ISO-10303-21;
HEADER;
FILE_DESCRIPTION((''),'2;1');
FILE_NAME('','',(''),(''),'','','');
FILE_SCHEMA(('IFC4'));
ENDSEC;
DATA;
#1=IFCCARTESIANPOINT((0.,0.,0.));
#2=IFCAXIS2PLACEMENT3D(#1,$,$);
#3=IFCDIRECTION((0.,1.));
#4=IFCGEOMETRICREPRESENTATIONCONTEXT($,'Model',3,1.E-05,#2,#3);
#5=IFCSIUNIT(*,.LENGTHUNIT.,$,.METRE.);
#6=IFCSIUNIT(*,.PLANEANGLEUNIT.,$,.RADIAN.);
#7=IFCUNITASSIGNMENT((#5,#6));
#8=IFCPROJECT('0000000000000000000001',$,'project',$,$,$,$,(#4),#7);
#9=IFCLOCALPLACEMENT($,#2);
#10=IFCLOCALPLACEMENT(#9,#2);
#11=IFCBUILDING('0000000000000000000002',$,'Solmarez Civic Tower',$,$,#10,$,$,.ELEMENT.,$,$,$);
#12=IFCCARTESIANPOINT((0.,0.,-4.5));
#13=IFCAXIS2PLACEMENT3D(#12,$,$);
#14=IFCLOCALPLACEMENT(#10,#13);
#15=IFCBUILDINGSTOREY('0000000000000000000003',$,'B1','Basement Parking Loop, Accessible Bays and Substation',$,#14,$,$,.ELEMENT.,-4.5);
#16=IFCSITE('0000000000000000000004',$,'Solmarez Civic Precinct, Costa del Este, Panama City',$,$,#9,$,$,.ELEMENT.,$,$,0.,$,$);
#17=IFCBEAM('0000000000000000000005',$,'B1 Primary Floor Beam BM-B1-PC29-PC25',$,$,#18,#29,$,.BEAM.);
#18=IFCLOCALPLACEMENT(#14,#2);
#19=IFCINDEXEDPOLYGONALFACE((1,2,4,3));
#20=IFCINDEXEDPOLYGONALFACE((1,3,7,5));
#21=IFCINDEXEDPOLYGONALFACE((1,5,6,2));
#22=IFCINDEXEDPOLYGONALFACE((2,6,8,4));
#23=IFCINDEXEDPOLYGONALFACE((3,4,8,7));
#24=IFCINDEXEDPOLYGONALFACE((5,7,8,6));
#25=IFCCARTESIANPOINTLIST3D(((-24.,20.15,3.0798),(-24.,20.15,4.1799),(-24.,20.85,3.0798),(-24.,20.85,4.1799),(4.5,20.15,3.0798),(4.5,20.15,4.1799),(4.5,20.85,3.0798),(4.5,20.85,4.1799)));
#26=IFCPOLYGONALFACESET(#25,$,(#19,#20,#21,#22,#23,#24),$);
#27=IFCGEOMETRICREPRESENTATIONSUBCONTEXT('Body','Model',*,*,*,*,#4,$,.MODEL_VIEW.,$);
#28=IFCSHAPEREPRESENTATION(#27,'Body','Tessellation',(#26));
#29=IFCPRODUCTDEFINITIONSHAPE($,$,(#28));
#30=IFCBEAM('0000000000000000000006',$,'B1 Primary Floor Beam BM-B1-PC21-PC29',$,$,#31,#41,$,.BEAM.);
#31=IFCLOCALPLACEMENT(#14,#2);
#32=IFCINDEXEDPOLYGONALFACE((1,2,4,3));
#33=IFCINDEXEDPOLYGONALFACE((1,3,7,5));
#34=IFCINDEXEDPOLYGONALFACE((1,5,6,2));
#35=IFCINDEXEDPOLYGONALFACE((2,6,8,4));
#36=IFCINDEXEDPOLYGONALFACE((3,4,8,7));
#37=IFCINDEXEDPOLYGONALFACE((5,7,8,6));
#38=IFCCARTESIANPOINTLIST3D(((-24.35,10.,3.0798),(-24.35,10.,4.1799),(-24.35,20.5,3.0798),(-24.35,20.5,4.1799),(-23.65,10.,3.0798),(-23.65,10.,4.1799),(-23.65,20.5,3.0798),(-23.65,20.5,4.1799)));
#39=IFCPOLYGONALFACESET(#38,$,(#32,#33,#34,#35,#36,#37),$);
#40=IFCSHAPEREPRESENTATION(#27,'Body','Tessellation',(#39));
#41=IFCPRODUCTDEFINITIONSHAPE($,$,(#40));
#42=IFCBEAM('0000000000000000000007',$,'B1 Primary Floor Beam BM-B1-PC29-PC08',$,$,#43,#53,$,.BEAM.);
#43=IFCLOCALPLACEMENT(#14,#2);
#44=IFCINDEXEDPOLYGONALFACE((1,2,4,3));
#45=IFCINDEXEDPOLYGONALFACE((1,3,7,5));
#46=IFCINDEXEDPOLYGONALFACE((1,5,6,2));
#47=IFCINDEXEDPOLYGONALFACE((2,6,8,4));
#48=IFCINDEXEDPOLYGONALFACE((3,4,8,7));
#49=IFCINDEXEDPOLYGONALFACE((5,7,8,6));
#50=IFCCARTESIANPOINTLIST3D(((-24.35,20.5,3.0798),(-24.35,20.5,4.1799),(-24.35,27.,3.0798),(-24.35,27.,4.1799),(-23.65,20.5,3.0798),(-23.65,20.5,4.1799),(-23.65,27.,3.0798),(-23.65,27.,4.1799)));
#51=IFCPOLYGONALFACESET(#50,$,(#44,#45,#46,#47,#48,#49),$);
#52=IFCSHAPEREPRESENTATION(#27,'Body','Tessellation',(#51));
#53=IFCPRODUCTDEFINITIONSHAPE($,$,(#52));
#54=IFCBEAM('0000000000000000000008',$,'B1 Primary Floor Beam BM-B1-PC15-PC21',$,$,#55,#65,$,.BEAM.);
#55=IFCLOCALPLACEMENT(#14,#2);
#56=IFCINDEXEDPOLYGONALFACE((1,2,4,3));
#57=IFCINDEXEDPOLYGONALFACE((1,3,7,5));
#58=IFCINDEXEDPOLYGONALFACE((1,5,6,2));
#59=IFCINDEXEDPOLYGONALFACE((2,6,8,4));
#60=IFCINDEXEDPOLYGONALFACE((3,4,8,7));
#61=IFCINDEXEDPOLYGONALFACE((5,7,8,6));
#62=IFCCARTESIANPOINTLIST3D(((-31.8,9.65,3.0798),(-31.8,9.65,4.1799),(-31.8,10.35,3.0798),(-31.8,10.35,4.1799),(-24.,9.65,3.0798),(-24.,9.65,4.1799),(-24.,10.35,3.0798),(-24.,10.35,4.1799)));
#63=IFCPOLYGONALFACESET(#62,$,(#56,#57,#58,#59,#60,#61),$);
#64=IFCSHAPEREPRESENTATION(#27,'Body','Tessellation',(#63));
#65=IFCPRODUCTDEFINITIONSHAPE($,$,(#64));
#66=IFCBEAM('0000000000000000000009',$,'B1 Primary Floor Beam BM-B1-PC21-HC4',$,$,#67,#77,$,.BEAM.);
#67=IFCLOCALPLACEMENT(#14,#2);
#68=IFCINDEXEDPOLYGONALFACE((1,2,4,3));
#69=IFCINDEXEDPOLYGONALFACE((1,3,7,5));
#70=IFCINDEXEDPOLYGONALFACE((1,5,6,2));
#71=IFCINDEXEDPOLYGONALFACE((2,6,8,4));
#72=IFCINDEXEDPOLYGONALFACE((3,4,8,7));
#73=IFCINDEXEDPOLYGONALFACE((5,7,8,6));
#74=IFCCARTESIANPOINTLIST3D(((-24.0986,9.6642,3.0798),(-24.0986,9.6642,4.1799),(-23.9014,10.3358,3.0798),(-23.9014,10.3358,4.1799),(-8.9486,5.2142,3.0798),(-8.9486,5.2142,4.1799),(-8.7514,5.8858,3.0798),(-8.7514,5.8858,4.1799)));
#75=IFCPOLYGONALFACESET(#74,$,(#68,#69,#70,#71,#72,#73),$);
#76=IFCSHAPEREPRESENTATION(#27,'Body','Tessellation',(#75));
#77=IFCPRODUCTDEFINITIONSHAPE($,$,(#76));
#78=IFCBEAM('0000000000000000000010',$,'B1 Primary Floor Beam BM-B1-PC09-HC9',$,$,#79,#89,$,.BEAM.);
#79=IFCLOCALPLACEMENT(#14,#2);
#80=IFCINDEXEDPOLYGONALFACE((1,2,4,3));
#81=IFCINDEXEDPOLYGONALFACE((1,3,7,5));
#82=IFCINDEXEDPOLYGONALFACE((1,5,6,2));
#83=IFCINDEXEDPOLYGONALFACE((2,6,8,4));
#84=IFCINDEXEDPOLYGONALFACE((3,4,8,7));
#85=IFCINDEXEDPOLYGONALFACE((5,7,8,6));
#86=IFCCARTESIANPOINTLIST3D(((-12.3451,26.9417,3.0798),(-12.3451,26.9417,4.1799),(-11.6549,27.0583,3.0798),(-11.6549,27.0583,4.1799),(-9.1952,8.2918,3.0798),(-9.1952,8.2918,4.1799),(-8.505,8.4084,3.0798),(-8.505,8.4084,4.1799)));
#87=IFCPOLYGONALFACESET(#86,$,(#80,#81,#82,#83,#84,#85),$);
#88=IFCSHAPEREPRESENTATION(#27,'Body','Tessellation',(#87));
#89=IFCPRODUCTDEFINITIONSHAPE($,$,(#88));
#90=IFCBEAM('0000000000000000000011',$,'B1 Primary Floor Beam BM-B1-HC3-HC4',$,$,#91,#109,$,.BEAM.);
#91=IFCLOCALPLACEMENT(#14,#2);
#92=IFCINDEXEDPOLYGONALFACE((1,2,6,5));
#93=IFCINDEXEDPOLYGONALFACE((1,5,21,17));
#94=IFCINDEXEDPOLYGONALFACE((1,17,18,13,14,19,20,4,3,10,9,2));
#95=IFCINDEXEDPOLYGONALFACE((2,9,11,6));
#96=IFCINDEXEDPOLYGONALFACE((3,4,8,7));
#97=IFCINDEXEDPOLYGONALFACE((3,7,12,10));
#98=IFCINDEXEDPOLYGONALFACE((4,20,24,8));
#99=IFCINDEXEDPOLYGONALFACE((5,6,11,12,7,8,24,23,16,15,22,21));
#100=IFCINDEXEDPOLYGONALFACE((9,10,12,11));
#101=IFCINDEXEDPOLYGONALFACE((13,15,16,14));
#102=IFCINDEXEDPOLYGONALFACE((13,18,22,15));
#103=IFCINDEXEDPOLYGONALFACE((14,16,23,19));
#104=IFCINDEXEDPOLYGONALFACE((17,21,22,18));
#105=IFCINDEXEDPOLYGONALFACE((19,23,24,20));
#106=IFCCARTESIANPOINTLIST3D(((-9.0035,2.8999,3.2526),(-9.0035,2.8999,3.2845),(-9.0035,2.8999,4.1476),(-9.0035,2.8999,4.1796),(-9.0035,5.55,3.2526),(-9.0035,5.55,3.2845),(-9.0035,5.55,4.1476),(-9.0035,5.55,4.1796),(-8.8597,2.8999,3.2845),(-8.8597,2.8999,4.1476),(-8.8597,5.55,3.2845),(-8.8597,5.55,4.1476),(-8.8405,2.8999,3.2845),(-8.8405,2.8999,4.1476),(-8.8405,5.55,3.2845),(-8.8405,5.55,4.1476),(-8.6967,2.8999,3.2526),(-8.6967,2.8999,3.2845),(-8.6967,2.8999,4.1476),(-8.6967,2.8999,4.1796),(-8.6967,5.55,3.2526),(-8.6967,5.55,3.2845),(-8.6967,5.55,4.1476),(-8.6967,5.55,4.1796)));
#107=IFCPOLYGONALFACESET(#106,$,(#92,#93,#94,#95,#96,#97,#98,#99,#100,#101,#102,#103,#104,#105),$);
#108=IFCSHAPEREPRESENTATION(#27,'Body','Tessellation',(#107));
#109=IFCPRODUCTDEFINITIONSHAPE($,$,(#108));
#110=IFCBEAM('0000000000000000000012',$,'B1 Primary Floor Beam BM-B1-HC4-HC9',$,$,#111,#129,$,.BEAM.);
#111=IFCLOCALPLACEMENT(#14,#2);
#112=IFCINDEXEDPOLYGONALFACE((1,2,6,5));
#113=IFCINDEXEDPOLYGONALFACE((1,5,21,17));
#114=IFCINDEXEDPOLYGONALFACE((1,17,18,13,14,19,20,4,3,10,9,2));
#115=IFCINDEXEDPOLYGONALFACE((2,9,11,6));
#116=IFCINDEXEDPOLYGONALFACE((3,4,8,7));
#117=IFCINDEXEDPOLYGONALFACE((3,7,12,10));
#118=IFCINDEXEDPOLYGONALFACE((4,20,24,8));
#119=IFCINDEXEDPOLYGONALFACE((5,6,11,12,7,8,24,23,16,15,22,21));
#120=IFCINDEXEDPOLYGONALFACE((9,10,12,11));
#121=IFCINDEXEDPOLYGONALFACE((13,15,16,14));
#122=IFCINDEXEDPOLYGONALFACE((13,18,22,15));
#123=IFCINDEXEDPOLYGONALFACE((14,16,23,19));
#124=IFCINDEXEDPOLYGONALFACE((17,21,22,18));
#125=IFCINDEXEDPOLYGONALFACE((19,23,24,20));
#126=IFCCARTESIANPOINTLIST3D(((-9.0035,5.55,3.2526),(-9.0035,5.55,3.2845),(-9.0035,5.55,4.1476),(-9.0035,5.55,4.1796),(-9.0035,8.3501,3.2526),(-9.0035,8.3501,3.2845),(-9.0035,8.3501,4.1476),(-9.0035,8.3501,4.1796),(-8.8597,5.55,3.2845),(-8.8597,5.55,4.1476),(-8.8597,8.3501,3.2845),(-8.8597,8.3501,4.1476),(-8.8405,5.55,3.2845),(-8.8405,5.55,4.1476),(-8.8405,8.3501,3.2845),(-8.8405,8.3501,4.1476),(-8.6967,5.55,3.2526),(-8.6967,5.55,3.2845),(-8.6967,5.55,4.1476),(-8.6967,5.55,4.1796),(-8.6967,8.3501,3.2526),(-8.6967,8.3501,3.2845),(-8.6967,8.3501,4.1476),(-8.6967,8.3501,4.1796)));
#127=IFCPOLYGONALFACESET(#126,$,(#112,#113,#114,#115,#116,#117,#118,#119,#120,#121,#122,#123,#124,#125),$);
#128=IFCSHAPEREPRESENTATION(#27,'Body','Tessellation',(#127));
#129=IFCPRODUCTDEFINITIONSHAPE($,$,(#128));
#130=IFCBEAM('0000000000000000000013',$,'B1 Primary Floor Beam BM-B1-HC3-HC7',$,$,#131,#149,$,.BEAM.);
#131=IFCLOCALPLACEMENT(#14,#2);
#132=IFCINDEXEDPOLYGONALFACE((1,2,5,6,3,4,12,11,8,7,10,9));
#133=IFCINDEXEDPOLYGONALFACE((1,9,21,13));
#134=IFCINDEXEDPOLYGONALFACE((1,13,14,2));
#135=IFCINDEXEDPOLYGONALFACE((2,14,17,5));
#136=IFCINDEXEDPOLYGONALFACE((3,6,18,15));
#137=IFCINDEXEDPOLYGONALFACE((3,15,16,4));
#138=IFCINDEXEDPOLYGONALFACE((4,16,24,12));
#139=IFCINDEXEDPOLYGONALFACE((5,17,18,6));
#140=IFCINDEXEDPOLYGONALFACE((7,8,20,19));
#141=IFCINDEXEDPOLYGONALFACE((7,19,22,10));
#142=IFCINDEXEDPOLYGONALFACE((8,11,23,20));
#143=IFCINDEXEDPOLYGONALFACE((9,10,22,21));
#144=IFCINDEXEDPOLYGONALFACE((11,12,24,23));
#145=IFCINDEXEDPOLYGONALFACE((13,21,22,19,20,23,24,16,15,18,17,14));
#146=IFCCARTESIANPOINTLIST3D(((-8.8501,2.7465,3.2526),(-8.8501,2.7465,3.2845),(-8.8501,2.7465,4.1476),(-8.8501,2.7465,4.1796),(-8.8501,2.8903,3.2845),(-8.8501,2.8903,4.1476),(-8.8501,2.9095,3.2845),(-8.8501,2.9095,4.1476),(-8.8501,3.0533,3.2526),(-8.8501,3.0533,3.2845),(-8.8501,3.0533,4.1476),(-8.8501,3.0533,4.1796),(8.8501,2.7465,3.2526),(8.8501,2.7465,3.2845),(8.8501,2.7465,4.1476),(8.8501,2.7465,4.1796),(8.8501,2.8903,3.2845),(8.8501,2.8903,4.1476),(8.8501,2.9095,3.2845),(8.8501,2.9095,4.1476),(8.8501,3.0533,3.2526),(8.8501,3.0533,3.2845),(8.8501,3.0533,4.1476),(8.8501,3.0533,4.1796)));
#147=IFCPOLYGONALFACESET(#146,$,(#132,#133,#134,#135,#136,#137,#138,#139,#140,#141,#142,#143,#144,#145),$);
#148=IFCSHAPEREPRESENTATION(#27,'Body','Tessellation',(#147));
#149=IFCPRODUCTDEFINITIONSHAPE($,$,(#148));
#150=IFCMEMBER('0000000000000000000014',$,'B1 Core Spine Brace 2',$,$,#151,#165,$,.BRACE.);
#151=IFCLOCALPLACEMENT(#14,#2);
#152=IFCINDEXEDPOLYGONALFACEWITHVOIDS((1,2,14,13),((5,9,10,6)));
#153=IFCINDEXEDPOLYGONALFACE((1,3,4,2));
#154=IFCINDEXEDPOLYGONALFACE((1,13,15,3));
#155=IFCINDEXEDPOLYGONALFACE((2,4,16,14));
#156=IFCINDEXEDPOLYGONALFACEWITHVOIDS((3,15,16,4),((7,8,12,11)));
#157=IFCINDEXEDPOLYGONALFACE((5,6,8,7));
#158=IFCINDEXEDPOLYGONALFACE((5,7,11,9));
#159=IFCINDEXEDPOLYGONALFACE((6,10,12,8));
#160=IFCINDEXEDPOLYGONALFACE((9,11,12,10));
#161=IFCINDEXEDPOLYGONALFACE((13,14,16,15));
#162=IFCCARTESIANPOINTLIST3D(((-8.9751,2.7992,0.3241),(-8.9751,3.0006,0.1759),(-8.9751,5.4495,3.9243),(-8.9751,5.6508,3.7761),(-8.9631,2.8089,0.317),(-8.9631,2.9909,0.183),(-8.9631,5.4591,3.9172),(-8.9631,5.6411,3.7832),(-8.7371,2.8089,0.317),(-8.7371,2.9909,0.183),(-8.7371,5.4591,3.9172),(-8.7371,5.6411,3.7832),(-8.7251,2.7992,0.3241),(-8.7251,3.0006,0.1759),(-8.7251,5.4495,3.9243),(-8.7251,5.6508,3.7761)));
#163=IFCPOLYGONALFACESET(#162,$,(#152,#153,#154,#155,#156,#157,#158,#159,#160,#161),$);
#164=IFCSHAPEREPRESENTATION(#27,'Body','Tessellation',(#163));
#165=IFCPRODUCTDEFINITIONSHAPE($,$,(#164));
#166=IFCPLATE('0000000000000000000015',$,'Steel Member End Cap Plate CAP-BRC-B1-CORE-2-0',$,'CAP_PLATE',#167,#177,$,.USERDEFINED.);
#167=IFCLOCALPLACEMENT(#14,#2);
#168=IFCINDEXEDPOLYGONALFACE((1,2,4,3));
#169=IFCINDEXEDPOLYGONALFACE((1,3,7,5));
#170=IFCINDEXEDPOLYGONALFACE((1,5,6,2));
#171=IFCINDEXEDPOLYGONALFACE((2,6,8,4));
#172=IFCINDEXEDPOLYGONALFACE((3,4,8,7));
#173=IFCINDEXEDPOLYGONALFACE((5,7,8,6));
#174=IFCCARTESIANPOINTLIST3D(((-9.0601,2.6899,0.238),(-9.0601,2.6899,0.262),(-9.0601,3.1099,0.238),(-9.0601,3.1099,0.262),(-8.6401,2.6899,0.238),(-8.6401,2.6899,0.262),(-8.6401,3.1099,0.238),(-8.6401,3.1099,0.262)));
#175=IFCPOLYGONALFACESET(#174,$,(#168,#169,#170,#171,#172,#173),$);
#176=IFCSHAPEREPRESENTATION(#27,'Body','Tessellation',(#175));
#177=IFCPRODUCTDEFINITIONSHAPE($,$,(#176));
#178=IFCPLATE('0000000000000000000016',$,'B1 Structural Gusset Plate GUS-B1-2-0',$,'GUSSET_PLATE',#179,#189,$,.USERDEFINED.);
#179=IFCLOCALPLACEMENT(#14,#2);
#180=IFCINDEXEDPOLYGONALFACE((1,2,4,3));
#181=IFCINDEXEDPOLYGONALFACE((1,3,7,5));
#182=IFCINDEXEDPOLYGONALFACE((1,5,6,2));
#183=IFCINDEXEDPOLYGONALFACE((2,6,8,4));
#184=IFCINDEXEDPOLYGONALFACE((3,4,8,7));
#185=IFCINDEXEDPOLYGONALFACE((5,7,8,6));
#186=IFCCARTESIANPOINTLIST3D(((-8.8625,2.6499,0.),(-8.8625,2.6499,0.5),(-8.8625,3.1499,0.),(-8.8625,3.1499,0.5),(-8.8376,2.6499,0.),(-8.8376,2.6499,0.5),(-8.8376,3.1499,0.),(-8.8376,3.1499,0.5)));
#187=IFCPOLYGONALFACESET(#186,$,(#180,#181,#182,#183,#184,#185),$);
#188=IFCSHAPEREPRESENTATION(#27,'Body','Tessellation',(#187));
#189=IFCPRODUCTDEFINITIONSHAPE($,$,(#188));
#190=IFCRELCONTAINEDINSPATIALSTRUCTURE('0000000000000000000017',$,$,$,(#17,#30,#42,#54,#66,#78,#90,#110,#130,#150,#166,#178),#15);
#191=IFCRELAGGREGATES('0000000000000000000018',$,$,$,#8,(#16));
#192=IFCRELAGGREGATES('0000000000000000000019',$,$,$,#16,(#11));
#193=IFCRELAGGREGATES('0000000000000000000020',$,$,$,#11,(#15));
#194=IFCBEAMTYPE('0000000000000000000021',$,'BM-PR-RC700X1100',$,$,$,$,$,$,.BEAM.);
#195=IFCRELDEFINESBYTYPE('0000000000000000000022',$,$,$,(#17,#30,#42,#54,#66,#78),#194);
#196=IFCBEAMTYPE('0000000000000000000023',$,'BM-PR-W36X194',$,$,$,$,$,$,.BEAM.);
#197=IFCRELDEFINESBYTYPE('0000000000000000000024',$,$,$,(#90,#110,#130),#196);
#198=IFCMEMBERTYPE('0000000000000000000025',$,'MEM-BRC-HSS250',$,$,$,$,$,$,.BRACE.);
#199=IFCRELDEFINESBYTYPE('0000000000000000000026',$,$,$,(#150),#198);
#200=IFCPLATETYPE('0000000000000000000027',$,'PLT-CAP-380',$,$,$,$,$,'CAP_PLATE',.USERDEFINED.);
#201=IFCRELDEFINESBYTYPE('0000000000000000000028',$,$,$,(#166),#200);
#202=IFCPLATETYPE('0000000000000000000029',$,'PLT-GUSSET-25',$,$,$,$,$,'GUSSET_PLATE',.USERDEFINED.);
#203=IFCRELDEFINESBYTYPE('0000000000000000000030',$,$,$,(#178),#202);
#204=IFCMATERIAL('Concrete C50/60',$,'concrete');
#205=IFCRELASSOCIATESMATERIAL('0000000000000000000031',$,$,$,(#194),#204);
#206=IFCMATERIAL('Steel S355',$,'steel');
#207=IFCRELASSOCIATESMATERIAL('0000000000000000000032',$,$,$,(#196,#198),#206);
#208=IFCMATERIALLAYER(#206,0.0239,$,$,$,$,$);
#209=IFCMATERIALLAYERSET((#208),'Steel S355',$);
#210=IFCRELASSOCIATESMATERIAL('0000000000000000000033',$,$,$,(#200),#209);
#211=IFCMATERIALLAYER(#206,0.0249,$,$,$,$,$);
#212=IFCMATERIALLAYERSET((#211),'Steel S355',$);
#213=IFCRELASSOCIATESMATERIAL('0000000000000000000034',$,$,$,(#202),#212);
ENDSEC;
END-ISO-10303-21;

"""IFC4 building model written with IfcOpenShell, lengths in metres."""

from ifc_helpers import new_model, si_unit, direction, frame, origin, origin_2d, place, context, subcontext, project, spatial, rectangle, hollow_rectangle, i_section, extrude, material, layer, layer_set, material_profile, profile_set, type_object, element, save


model = new_model("IFC4")

# Units and contexts
model_context = context("Model", 3, precision=1e-05, world=origin(), true_north=direction((0.0, 1.0)))
body_context = subcontext(model_context, "Body", "Model", "MODEL_VIEW")
ifc_project = project(units=[si_unit("LENGTHUNIT", "METRE"), si_unit("PLANEANGLEUNIT", "RADIAN")], contexts=[model_context])

# Site, building, storey
site_placement = place(None, origin())
site = spatial("IfcSite", under=ifc_project, at=site_placement, Name="Solmarez Civic Precinct, Costa del Este, Panama City", CompositionType="ELEMENT", RefElevation=0.0)
building_placement = place(site_placement, origin())
building = spatial("IfcBuilding", under=site, at=building_placement, Name="Solmarez Civic Tower", CompositionType="ELEMENT")
storey_placement = place(building_placement, frame((0.0, 0.0, -4.5)))
storey = spatial("IfcBuildingStorey", under=building, at=storey_placement, Name="B1", Description="Basement Parking Loop, Accessible Bays and Substation", CompositionType="ELEMENT", Elevation=-4.5)

# Shared definitions
ifc_material_1 = material(Name="Concrete C50/60", Category="concrete")

# Beams
ifc_material_2 = material(Name="Steel S355", Category="steel")
ifc_material_profile_1 = material_profile(ifc_material_1, rectangle(XDim=0.7, YDim=1.1001, at=origin_2d()), Name="RC700X1100")
ifc_profile_set_1 = profile_set([ifc_material_profile_1], Name="Concrete C50/60")
beam_type_1 = type_object("IfcBeamType", Name="BM-PR-RC700X1100", PredefinedType="BEAM", material=ifc_profile_set_1)
beam_1_placement = place(storey_placement, frame((-24.0, 20.5, 3.6299), z_axis=(1.0, 0.0, 0.0), x_axis=(0.0, 1.0, 0.0)))
element("IfcBeam", 1, at=beam_1_placement, inside=storey, type_object=beam_type_1, Name="B1 Primary Floor Beam BM-B1-PC29-PC25", PredefinedType="BEAM", context=body_context, shape_type="SweptSolid", body=[
    extrude(rectangle(XDim=0.7, YDim=1.1001, at=origin_2d()), origin(), (0.0, 0.0, 1.0), 28.5),
])
beam_2_placement = place(storey_placement, frame((-24.0, 10.0, 3.6299), z_axis=(0.0, 1.0, 0.0), x_axis=(-1.0, 0.0, 0.0)))
element("IfcBeam", 2, at=beam_2_placement, inside=storey, type_object=beam_type_1, Name="B1 Primary Floor Beam BM-B1-PC21-PC29", PredefinedType="BEAM", context=body_context, shape_type="SweptSolid", body=[
    extrude(rectangle(XDim=0.7, YDim=1.1001, at=origin_2d()), origin(), (0.0, 0.0, 1.0), 10.5),
])
beam_3_placement = place(storey_placement, frame((-24.0, 20.5, 3.6299), z_axis=(0.0, 1.0, 0.0), x_axis=(-1.0, 0.0, 0.0)))
element("IfcBeam", 3, at=beam_3_placement, inside=storey, type_object=beam_type_1, Name="B1 Primary Floor Beam BM-B1-PC29-PC08", PredefinedType="BEAM", context=body_context, shape_type="SweptSolid", body=[
    extrude(rectangle(XDim=0.7, YDim=1.1001, at=origin_2d()), origin(), (0.0, 0.0, 1.0), 6.5),
])
beam_4_placement = place(storey_placement, frame((-31.8, 10.0, 3.6299), z_axis=(1.0, 0.0, 0.0), x_axis=(0.0, 1.0, 0.0)))
element("IfcBeam", 4, at=beam_4_placement, inside=storey, type_object=beam_type_1, Name="B1 Primary Floor Beam BM-B1-PC15-PC21", PredefinedType="BEAM", context=body_context, shape_type="SweptSolid", body=[
    extrude(rectangle(XDim=0.7, YDim=1.1001, at=origin_2d()), origin(), (0.0, 0.0, 1.0), 7.8),
])
beam_5_placement = place(storey_placement, frame((-24.0, 10.0, 3.6299), z_axis=(0.959467, -0.281822, 0.0), x_axis=(0.281822, 0.959467, 0.0)))
element("IfcBeam", 5, at=beam_5_placement, inside=storey, type_object=beam_type_1, Name="B1 Primary Floor Beam BM-B1-PC21-HC4", PredefinedType="BEAM", context=body_context, shape_type="SweptSolid", body=[
    extrude(rectangle(XDim=0.7, YDim=1.1001, at=origin_2d()), origin(), (0.0, 0.0, 1.0), 15.79),
])
beam_6_placement = place(storey_placement, frame((-12.0, 27.0, 3.6299), z_axis=(0.166538, -0.986035, 0.0), x_axis=(0.986035, 0.166538, 0.0)))
element("IfcBeam", 6, at=beam_6_placement, inside=storey, type_object=beam_type_1, Name="B1 Primary Floor Beam BM-B1-PC09-HC9", PredefinedType="BEAM", context=body_context, shape_type="SweptSolid", body=[
    extrude(rectangle(XDim=0.7, YDim=1.1001, at=origin_2d()), origin(), (0.0, 0.0, 1.0), 18.9141),
])
ifc_material_profile_2 = material_profile(ifc_material_2, i_section(OverallWidth=0.3069, OverallDepth=0.927, WebThickness=0.0193, FlangeThickness=0.032, at=origin_2d()), Name="W36X194")
ifc_profile_set_2 = profile_set([ifc_material_profile_2], Name="Steel S355")
beam_type_2 = type_object("IfcBeamType", Name="BM-PR-W36X194", PredefinedType="BEAM", material=ifc_profile_set_2)
beam_7_placement = place(storey_placement, frame((-8.8501, 2.8999, 3.7161), z_axis=(0.0, 1.0, 0.0), x_axis=(-1.0, 0.0, 0.0)))
element("IfcBeam", 7, at=beam_7_placement, inside=storey, type_object=beam_type_2, Name="B1 Primary Floor Beam BM-B1-HC3-HC4", PredefinedType="BEAM", context=body_context, shape_type="SweptSolid", body=[
    extrude(i_section(OverallWidth=0.3069, OverallDepth=0.927, WebThickness=0.0193, FlangeThickness=0.032, at=origin_2d()), origin(), (0.0, 0.0, 1.0), 2.6501),
])
beam_8_placement = place(storey_placement, frame((-8.8501, 5.55, 3.7161), z_axis=(0.0, 1.0, 0.0), x_axis=(-1.0, 0.0, 0.0)))
element("IfcBeam", 8, at=beam_8_placement, inside=storey, type_object=beam_type_2, Name="B1 Primary Floor Beam BM-B1-HC4-HC9", PredefinedType="BEAM", context=body_context, shape_type="SweptSolid", body=[
    extrude(i_section(OverallWidth=0.3069, OverallDepth=0.927, WebThickness=0.0193, FlangeThickness=0.032, at=origin_2d()), origin(), (0.0, 0.0, 1.0), 2.8),
])
beam_9_placement = place(storey_placement, frame((-8.8501, 2.8999, 3.7161), z_axis=(1.0, 0.0, 0.0), x_axis=(0.0, 1.0, 0.0)))
element("IfcBeam", 9, at=beam_9_placement, inside=storey, type_object=beam_type_2, Name="B1 Primary Floor Beam BM-B1-HC3-HC7", PredefinedType="BEAM", context=body_context, shape_type="SweptSolid", body=[
    extrude(i_section(OverallWidth=0.3069, OverallDepth=0.927, WebThickness=0.0193, FlangeThickness=0.032, at=origin_2d()), origin(), (0.0, 0.0, 1.0), 17.7002),
])

# Member
ifc_material_profile_3 = material_profile(ifc_material_2, hollow_rectangle(XDim=0.25, YDim=0.25, WallThickness=0.012, at=origin_2d()), Name="HSS250X250X12")
ifc_profile_set_3 = profile_set([ifc_material_profile_3], Name="Steel S355")
member_type = type_object("IfcMemberType", Name="MEM-BRC-HSS250", PredefinedType="BRACE", material=ifc_profile_set_3)
member_placement = place(storey_placement, frame((-8.8501, 2.8999, 0.25), z_axis=(0.0, 0.592828, 0.805329), x_axis=(-1.0, 0.0, 0.0)))
element("IfcMember", 10, at=member_placement, inside=storey, type_object=member_type, Name="B1 Core Spine Brace 2", PredefinedType="BRACE", context=body_context, shape_type="SweptSolid", body=[
    extrude(hollow_rectangle(XDim=0.25, YDim=0.25, WallThickness=0.012, at=origin_2d()), origin(), (0.0, 0.0, 1.0), 4.4705),
])

# Plates
ifc_layer_1 = layer(ifc_material_2, 0.0239)
ifc_layer_set_1 = layer_set([ifc_layer_1], Name="Steel S355")
plate_type_1 = type_object("IfcPlateType", Name="PLT-CAP-380", ElementType="CAP_PLATE", PredefinedType="USERDEFINED", material=ifc_layer_set_1)
plate_1_placement = place(storey_placement, frame((-8.8501, 2.8999, 0.238), z_axis=(0.0, 0.0, 1.0), x_axis=(1.0, 0.0, 0.0)))
element("IfcPlate", 11, at=plate_1_placement, inside=storey, type_object=plate_type_1, Name="Steel Member End Cap Plate CAP-BRC-B1-CORE-2-0", ObjectType="CAP_PLATE", PredefinedType="USERDEFINED", context=body_context, shape_type="SweptSolid", body=[
    extrude(rectangle(XDim=0.4199, YDim=0.4199, at=origin_2d()), origin(), (0.0, 0.0, 1.0), 0.0239),
])
ifc_layer_2 = layer(ifc_material_2, 0.0249)
ifc_layer_set_2 = layer_set([ifc_layer_2], Name="Steel S355")
plate_type_2 = type_object("IfcPlateType", Name="PLT-GUSSET-25", ElementType="GUSSET_PLATE", PredefinedType="USERDEFINED", material=ifc_layer_set_2)
plate_2_placement = place(storey_placement, frame((-8.8501, 2.8999, 0.0), z_axis=(0.0, 0.0, 1.0), x_axis=(0.0, 1.0, 0.0)))
element("IfcPlate", 12, at=plate_2_placement, inside=storey, type_object=plate_type_2, Name="B1 Structural Gusset Plate GUS-B1-2-0", ObjectType="GUSSET_PLATE", PredefinedType="USERDEFINED", context=body_context, shape_type="SweptSolid", body=[
    extrude(rectangle(XDim=0.5, YDim=0.0249, at=origin_2d()), origin(), (0.0, 0.0, 1.0), 0.5),
])

save(model, "model.ifc")
